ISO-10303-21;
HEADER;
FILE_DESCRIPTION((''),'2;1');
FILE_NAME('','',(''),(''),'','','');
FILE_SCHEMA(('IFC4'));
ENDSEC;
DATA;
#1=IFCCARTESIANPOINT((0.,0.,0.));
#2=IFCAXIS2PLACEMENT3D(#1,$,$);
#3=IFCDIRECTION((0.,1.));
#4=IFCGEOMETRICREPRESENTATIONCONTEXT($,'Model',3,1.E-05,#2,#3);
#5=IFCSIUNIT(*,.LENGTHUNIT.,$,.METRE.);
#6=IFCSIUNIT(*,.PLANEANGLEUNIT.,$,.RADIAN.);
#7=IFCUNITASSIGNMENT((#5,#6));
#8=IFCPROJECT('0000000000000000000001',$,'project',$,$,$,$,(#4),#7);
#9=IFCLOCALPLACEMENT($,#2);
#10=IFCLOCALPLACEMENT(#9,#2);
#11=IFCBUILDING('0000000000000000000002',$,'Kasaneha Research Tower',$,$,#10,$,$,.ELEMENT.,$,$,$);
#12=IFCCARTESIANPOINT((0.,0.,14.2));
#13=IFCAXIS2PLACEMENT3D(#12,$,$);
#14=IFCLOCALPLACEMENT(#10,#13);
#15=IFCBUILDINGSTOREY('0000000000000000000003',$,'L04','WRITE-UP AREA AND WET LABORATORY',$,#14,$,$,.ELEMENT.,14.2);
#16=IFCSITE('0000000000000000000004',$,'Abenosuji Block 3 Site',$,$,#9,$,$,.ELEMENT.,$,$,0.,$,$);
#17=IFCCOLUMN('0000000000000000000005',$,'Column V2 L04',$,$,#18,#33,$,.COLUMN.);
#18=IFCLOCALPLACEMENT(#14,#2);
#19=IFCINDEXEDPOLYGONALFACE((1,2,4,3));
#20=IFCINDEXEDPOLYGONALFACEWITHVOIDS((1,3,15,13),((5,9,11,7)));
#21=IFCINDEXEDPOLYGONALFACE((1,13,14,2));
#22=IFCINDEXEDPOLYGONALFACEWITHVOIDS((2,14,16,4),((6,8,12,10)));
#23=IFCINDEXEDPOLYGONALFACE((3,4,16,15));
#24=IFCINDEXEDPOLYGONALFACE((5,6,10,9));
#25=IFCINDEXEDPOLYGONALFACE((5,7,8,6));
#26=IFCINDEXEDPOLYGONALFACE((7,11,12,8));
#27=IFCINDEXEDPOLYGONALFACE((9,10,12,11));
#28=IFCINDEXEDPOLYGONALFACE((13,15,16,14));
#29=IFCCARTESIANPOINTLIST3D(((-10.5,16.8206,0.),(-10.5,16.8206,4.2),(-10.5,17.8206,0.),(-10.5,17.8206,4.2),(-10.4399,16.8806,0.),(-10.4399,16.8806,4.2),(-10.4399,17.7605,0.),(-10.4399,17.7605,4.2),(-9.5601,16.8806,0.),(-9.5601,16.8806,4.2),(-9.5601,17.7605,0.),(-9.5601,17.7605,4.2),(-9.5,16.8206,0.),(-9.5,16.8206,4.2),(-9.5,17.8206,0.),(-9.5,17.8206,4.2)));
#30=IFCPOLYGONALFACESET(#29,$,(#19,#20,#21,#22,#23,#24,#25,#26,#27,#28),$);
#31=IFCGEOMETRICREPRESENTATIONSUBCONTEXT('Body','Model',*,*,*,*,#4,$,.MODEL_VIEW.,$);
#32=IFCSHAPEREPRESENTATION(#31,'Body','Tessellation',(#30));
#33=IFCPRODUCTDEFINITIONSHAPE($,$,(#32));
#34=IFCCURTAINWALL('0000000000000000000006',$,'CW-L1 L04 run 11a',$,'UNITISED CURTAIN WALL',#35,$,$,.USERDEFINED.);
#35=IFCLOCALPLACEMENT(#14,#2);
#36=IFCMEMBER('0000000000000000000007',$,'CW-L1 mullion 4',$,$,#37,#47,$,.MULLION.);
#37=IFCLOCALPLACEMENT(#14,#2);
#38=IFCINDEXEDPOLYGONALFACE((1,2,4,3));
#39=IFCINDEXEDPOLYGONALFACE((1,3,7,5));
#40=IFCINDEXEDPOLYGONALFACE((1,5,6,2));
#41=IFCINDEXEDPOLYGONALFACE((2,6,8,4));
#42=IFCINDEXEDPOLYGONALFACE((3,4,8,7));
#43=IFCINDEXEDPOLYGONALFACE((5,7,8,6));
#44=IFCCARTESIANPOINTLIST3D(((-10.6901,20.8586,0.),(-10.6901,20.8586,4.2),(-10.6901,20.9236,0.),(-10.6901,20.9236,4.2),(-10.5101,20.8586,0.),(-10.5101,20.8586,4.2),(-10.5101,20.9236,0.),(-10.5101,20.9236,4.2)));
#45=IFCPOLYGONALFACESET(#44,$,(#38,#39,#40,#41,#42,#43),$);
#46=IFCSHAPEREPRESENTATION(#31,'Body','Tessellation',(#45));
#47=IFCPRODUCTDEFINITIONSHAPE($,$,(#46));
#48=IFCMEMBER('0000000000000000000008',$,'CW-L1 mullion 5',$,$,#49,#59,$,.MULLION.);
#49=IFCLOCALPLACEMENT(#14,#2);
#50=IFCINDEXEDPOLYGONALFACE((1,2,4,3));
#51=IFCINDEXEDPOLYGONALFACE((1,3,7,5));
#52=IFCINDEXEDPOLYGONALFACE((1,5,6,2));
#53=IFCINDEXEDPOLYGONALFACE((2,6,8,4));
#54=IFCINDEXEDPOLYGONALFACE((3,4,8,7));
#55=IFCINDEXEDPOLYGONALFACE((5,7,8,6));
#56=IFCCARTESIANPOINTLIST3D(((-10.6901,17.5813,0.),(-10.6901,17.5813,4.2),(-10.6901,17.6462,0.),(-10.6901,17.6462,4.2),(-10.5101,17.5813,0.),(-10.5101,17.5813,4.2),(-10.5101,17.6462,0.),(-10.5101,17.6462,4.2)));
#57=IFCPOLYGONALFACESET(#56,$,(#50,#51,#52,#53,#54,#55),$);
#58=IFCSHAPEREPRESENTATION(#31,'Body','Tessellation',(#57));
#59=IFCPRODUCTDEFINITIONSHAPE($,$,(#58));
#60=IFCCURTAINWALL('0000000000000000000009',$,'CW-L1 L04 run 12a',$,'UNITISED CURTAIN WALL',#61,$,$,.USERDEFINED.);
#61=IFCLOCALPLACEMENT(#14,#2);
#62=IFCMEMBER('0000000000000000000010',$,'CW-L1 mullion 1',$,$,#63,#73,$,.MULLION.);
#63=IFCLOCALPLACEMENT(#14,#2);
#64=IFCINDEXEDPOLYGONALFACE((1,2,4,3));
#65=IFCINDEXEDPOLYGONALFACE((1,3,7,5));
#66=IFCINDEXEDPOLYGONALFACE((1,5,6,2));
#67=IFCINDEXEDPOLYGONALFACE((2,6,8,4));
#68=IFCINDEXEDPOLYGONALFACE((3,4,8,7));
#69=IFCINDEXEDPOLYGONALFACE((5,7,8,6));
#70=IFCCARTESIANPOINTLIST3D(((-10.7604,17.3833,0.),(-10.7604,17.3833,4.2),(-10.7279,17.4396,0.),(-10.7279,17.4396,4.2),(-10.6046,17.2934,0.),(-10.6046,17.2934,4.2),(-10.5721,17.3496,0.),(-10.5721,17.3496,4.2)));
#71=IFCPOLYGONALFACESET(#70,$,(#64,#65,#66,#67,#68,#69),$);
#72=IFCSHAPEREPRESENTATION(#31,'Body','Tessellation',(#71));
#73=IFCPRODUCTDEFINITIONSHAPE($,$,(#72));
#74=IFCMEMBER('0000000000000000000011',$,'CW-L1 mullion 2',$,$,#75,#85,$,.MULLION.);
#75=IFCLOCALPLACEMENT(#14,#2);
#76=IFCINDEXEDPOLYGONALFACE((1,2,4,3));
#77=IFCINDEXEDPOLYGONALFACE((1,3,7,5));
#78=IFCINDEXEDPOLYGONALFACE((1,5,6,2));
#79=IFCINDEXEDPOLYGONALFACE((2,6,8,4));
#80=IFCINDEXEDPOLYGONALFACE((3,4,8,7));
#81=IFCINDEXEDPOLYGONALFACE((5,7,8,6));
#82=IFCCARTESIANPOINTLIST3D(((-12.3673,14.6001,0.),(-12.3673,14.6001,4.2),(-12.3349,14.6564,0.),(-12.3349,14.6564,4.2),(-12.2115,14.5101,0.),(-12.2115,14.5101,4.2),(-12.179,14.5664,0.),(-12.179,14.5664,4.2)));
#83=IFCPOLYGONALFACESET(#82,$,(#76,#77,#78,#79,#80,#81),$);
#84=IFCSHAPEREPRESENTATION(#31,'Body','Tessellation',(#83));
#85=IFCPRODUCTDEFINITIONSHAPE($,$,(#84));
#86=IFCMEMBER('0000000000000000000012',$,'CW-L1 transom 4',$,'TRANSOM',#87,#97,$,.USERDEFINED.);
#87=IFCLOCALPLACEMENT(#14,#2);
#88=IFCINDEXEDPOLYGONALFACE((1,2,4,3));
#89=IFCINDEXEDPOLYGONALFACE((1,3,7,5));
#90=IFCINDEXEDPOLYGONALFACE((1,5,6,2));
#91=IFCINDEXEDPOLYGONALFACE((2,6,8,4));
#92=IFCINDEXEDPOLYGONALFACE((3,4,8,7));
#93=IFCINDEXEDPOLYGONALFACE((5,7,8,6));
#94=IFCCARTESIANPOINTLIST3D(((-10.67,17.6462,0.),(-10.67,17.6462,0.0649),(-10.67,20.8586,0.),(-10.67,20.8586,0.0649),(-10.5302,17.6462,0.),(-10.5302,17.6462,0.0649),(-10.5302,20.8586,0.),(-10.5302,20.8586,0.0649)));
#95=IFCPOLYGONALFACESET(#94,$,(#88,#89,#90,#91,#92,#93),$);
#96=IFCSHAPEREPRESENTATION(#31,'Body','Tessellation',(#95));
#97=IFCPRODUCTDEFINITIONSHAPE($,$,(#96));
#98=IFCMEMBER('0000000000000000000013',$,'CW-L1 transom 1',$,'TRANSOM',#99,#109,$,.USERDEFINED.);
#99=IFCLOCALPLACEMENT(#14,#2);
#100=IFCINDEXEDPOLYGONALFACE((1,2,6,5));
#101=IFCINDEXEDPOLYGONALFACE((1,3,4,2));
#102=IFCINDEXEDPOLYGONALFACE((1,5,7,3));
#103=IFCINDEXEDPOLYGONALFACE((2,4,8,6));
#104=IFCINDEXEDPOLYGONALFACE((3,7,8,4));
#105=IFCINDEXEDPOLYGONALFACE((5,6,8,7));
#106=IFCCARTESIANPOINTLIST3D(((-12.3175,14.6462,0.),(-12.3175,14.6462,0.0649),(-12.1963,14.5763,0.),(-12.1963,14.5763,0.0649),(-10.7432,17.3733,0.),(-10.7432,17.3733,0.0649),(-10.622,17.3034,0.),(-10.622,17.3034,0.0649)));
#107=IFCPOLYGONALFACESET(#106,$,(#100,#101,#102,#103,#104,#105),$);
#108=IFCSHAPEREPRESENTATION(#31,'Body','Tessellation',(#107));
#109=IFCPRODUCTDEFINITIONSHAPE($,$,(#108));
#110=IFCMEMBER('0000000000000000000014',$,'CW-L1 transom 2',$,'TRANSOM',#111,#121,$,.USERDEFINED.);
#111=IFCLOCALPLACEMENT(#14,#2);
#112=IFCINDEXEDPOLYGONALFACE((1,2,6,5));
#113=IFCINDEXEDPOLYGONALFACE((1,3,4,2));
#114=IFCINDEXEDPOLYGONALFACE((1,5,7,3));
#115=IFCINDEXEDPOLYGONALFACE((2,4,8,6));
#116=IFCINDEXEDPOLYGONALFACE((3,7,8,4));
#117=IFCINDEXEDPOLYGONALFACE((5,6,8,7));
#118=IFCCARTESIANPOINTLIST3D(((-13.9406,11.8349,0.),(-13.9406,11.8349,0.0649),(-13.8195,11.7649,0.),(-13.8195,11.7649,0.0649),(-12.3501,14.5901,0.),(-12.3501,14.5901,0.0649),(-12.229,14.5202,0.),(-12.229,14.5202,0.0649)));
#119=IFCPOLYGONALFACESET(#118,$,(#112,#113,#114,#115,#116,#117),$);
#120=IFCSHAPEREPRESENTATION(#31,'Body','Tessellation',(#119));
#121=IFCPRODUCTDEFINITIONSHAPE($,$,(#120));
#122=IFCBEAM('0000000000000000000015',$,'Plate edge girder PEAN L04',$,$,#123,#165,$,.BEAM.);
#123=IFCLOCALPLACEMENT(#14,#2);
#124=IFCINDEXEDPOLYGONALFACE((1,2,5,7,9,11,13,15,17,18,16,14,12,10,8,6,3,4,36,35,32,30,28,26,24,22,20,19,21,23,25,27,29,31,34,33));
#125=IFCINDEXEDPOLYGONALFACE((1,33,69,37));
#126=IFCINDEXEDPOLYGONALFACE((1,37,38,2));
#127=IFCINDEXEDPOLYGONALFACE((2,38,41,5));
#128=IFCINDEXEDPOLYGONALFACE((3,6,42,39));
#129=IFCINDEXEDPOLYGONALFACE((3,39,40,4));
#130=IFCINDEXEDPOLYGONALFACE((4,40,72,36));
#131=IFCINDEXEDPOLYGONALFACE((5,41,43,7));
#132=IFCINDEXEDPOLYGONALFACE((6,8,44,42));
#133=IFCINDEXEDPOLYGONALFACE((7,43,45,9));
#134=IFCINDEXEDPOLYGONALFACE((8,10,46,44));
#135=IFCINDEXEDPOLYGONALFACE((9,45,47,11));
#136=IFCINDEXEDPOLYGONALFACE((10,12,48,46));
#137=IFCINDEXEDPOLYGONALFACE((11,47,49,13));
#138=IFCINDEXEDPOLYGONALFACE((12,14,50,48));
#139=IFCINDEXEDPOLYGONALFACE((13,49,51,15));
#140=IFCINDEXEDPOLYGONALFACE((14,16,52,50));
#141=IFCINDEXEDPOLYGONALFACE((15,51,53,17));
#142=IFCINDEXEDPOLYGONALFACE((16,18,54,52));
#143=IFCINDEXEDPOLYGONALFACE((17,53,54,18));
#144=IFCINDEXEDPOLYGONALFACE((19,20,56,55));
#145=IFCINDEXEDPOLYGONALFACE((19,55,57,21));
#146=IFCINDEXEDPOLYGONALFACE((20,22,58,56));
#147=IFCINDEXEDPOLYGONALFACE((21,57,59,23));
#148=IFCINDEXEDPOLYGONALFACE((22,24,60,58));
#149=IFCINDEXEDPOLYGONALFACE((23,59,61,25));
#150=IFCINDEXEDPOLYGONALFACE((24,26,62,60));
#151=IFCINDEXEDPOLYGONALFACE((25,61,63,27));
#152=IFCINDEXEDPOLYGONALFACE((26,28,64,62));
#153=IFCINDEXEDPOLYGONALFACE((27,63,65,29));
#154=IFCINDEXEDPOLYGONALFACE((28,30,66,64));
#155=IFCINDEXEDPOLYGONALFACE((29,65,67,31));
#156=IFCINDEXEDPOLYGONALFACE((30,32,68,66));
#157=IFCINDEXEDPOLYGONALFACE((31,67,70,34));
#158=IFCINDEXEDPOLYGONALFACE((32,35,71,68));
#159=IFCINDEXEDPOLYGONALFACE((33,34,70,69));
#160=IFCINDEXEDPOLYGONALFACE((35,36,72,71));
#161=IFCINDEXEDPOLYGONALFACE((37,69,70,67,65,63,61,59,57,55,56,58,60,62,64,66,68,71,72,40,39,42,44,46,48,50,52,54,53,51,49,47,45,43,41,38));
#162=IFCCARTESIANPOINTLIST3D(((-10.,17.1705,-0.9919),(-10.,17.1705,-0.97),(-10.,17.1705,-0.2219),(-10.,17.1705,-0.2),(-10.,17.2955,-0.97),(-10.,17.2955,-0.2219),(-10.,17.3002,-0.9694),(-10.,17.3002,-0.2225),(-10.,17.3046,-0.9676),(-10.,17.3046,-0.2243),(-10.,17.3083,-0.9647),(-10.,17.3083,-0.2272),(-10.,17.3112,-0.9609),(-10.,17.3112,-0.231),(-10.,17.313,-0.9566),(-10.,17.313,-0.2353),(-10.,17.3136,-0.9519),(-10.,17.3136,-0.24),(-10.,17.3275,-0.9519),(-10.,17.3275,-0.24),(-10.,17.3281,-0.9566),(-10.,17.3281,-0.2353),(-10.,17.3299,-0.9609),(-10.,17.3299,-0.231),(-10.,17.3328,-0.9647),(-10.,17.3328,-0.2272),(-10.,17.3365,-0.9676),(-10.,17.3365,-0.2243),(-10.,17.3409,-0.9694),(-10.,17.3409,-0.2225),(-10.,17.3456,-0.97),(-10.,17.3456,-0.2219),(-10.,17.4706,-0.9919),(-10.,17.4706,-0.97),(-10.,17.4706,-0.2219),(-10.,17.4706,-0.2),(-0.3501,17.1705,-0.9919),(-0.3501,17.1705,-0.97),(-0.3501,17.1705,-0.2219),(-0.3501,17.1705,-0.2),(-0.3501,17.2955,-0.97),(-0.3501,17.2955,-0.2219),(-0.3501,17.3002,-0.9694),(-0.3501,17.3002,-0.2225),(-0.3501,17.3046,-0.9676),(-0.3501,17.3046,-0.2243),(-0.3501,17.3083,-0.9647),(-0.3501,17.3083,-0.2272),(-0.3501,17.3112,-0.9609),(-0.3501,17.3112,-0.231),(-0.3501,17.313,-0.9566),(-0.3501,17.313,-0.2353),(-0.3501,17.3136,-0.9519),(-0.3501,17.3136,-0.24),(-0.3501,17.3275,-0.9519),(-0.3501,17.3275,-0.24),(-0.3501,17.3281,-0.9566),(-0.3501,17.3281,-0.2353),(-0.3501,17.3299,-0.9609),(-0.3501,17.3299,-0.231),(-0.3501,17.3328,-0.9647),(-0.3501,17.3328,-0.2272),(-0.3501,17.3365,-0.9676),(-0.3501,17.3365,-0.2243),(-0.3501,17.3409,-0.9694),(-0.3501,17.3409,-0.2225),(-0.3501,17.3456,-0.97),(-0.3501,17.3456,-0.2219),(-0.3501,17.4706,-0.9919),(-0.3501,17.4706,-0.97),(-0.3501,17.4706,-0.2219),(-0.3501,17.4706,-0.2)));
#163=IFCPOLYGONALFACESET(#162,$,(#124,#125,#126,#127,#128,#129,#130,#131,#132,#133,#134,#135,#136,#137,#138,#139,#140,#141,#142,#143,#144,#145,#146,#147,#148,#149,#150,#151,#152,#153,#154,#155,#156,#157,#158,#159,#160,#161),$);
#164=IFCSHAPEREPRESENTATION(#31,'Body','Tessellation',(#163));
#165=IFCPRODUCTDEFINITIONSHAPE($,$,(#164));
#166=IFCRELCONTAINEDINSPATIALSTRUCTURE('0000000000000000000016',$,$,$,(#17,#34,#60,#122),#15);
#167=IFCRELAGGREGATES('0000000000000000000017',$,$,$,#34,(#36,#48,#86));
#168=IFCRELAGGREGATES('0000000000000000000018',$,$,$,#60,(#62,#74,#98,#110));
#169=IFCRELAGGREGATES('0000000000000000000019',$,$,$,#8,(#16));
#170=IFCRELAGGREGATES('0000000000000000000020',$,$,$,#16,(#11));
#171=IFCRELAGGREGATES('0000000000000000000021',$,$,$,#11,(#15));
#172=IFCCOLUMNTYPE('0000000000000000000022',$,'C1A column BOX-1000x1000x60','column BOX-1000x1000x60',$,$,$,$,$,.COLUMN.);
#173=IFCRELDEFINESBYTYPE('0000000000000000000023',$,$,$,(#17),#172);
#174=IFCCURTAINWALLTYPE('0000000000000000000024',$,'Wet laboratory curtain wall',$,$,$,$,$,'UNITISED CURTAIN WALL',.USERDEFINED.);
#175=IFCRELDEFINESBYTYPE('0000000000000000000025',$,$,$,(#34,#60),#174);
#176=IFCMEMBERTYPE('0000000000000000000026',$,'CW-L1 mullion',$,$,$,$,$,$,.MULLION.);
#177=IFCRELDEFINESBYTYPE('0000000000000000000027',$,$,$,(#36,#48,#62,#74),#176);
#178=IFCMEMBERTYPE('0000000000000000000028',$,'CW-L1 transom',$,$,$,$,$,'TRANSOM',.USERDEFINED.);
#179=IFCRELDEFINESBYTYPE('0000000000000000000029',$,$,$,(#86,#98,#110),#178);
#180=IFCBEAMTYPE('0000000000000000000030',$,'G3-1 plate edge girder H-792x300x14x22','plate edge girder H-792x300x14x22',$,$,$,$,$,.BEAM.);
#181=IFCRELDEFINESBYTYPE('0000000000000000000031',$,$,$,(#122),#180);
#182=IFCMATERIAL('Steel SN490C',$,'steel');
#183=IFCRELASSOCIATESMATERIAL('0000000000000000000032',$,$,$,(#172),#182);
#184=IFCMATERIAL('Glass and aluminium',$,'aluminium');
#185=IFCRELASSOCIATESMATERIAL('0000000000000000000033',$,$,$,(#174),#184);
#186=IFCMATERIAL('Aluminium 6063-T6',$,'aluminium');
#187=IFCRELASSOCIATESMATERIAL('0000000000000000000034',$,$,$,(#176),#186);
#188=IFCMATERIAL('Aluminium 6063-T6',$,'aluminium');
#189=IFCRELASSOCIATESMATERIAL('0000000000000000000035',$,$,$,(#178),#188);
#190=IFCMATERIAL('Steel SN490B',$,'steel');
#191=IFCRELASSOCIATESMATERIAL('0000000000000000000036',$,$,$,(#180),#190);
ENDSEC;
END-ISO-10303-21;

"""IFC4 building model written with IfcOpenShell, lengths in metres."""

from ifc_helpers import new_model, si_unit, direction, frame, origin, origin_2d, place, context, subcontext, project, spatial, rectangle, hollow_rectangle, i_section, extrude, material, material_profile, profile_set, type_object, element, aggregate, save


model = new_model("IFC4")

# Units and contexts
model_context = context("Model", 3, precision=1e-05, world=origin(), true_north=direction((0.0, 1.0)))
body_context = subcontext(model_context, "Body", "Model", "MODEL_VIEW")
ifc_project = project(units=[si_unit("LENGTHUNIT", "METRE"), si_unit("PLANEANGLEUNIT", "RADIAN")], contexts=[model_context])

# Site, building, storey
site_placement = place(None, origin())
site = spatial("IfcSite", under=ifc_project, at=site_placement, Name="Abenosuji Block 3 Site", CompositionType="ELEMENT", RefElevation=0.0)
building_placement = place(site_placement, origin())
building = spatial("IfcBuilding", under=site, at=building_placement, Name="Kasaneha Research Tower", CompositionType="ELEMENT")
storey_placement = place(building_placement, frame((0.0, 0.0, 14.2)))
storey = spatial("IfcBuildingStorey", under=building, at=storey_placement, Name="L04", Description="WRITE-UP AREA AND WET LABORATORY", CompositionType="ELEMENT", Elevation=14.2)

# Column
ifc_material_1 = material(Name="Steel SN490C", Category="steel")
ifc_material_profile_1 = material_profile(ifc_material_1, hollow_rectangle(XDim=1.0, YDim=1.0, WallThickness=0.0601, at=origin_2d()), Name="BOX-1000x1000x60")
ifc_profile_set_1 = profile_set([ifc_material_profile_1], Name="Steel SN490C")
column_type = type_object("IfcColumnType", Name="C1A column BOX-1000x1000x60", Description="column BOX-1000x1000x60", PredefinedType="COLUMN", material=ifc_profile_set_1)
column_placement = place(storey_placement, frame((-10.0, 17.3206, 0.0), z_axis=(0.0, 0.0, 1.0), x_axis=(1.0, 0.0, 0.0)))
element("IfcColumn", 1, at=column_placement, inside=storey, type_object=column_type, Name="Column V2 L04", PredefinedType="COLUMN", context=body_context, shape_type="SweptSolid", body=[
    extrude(hollow_rectangle(XDim=1.0, YDim=1.0, WallThickness=0.0601, at=origin_2d()), origin(), (0.0, 0.0, 1.0), 4.2),
])

# Curtain walls, members
ifc_material_2 = material(Name="Glass and aluminium", Category="aluminium")
curtain_wall_type = type_object("IfcCurtainWallType", Name="Wet laboratory curtain wall", ElementType="UNITISED CURTAIN WALL", PredefinedType="USERDEFINED", material=ifc_material_2)
curtain_wall_1_placement = place(storey_placement, origin())
curtain_wall_1 = element("IfcCurtainWall", 2, at=curtain_wall_1_placement, inside=storey, type_object=curtain_wall_type, Name="CW-L1 L04 run 11a", ObjectType="UNITISED CURTAIN WALL", PredefinedType="USERDEFINED")
ifc_material_3 = material(Name="Aluminium 6063-T6", Category="aluminium")
ifc_material_profile_2 = material_profile(ifc_material_3, rectangle(XDim=0.0649, YDim=0.1799, at=origin_2d()), Name="CW-L1 mullion 65x180")
ifc_profile_set_2 = profile_set([ifc_material_profile_2], Name="Aluminium 6063-T6")
member_type_1 = type_object("IfcMemberType", Name="CW-L1 mullion", PredefinedType="MULLION", material=ifc_profile_set_2)
member_1_placement = place(storey_placement, frame((-10.6001, 20.8911, 0.0), z_axis=(0.0, 0.0, 1.0), x_axis=(0.0, -1.0, 0.0)))
member_1 = element("IfcMember", 3, at=member_1_placement, type_object=member_type_1, Name="CW-L1 mullion 4", PredefinedType="MULLION", context=body_context, shape_type="SweptSolid", body=[
    extrude(rectangle(XDim=0.0649, YDim=0.1799, at=origin_2d()), origin(), (0.0, 0.0, 1.0), 4.2),
])
member_2_placement = place(storey_placement, frame((-10.6001, 17.6138, 0.0), z_axis=(0.0, 0.0, 1.0), x_axis=(0.0, -1.0, 0.0)))
member_2 = element("IfcMember", 4, at=member_2_placement, type_object=member_type_1, Name="CW-L1 mullion 5", PredefinedType="MULLION", context=body_context, shape_type="SweptSolid", body=[
    extrude(rectangle(XDim=0.0649, YDim=0.1799, at=origin_2d()), origin(), (0.0, 0.0, 1.0), 4.2),
])
curtain_wall_2_placement = place(storey_placement, origin())
curtain_wall_2 = element("IfcCurtainWall", 5, at=curtain_wall_2_placement, inside=storey, type_object=curtain_wall_type, Name="CW-L1 L04 run 12a", ObjectType="UNITISED CURTAIN WALL", PredefinedType="USERDEFINED")
member_3_placement = place(storey_placement, frame((-10.6663, 17.3665, 0.0), z_axis=(0.0, 0.0, 1.0), x_axis=(-0.5, -0.866025, 0.0)))
member_3 = element("IfcMember", 6, at=member_3_placement, type_object=member_type_1, Name="CW-L1 mullion 1", PredefinedType="MULLION", context=body_context, shape_type="SweptSolid", body=[
    extrude(rectangle(XDim=0.0649, YDim=0.1799, at=origin_2d()), origin(), (0.0, 0.0, 1.0), 4.2),
])
member_4_placement = place(storey_placement, frame((-12.2732, 14.5833, 0.0), z_axis=(0.0, 0.0, 1.0), x_axis=(-0.5, -0.866025, 0.0)))
member_4 = element("IfcMember", 7, at=member_4_placement, type_object=member_type_1, Name="CW-L1 mullion 2", PredefinedType="MULLION", context=body_context, shape_type="SweptSolid", body=[
    extrude(rectangle(XDim=0.0649, YDim=0.1799, at=origin_2d()), origin(), (0.0, 0.0, 1.0), 4.2),
])

# Members
ifc_material_4 = material(Name="Aluminium 6063-T6", Category="aluminium")
ifc_material_profile_3 = material_profile(ifc_material_4, rectangle(XDim=0.1399, YDim=0.0649, at=origin_2d()), Name="CW-L1 transom 140x65")
ifc_profile_set_3 = profile_set([ifc_material_profile_3], Name="Aluminium 6063-T6")
member_type_2 = type_object("IfcMemberType", Name="CW-L1 transom", ElementType="TRANSOM", PredefinedType="USERDEFINED", material=ifc_profile_set_3)
member_5_placement = place(storey_placement, frame((-10.6001, 20.8586, 0.0325), z_axis=(0.0, -1.0, 0.0), x_axis=(1.0, 0.0, 0.0)))
member_5 = element("IfcMember", 8, at=member_5_placement, type_object=member_type_2, Name="CW-L1 transom 4", ObjectType="TRANSOM", PredefinedType="USERDEFINED", context=body_context, shape_type="SweptSolid", body=[
    extrude(rectangle(XDim=0.1399, YDim=0.0649, at=origin_2d()), origin(), (0.0, 0.0, 1.0), 3.2124),
])
member_6_placement = place(storey_placement, frame((-10.6826, 17.3384, 0.0325), z_axis=(-0.499942, -0.866059, 0.0), x_axis=(0.866059, -0.499942, 0.0)))
member_6 = element("IfcMember", 9, at=member_6_placement, type_object=member_type_2, Name="CW-L1 transom 1", ObjectType="TRANSOM", PredefinedType="USERDEFINED", context=body_context, shape_type="SweptSolid", body=[
    extrude(rectangle(XDim=0.1399, YDim=0.0649, at=origin_2d()), origin(), (0.0, 0.0, 1.0), 3.1489),
])
member_7_placement = place(storey_placement, frame((-12.2896, 14.5552, 0.0325), z_axis=(-0.499944, -0.866058, 0.0), x_axis=(0.866058, -0.499944, 0.0)))
member_7 = element("IfcMember", 10, at=member_7_placement, type_object=member_type_2, Name="CW-L1 transom 2", ObjectType="TRANSOM", PredefinedType="USERDEFINED", context=body_context, shape_type="SweptSolid", body=[
    extrude(rectangle(XDim=0.1399, YDim=0.0649, at=origin_2d()), origin(), (0.0, 0.0, 1.0), 3.1814),
])

# Beam
ifc_material_5 = material(Name="Steel SN490B", Category="steel")
ifc_material_profile_4 = material_profile(ifc_material_5, i_section(OverallWidth=0.3, OverallDepth=0.792, WebThickness=0.0139, FlangeThickness=0.022, FilletRadius=0.0181, at=origin_2d()), Name="H-792x300x14x22")
ifc_profile_set_4 = profile_set([ifc_material_profile_4], Name="Steel SN490B")
beam_type_1 = type_object("IfcBeamType", Name="G3-1 plate edge girder H-792x300x14x22", Description="plate edge girder H-792x300x14x22", PredefinedType="BEAM", material=ifc_profile_set_4)
beam_1_placement = place(storey_placement, frame((-10.0, 17.3206, -0.5959), z_axis=(1.0, 0.0, 0.0), x_axis=(0.0, 1.0, 0.0)))
element("IfcBeam", 11, at=beam_1_placement, inside=storey, type_object=beam_type_1, Name="Plate edge girder PEAN L04", PredefinedType="BEAM", context=body_context, shape_type="SweptSolid", body=[
    extrude(i_section(OverallWidth=0.3, OverallDepth=0.792, WebThickness=0.0139, FlangeThickness=0.022, FilletRadius=0.0181, at=origin_2d()), origin(), (0.0, 0.0, 1.0), 9.6499),
])

aggregate(curtain_wall_1, [member_1, member_2, member_5])
aggregate(curtain_wall_2, [member_3, member_4, member_6, member_7])

save(model, "model.ifc")
